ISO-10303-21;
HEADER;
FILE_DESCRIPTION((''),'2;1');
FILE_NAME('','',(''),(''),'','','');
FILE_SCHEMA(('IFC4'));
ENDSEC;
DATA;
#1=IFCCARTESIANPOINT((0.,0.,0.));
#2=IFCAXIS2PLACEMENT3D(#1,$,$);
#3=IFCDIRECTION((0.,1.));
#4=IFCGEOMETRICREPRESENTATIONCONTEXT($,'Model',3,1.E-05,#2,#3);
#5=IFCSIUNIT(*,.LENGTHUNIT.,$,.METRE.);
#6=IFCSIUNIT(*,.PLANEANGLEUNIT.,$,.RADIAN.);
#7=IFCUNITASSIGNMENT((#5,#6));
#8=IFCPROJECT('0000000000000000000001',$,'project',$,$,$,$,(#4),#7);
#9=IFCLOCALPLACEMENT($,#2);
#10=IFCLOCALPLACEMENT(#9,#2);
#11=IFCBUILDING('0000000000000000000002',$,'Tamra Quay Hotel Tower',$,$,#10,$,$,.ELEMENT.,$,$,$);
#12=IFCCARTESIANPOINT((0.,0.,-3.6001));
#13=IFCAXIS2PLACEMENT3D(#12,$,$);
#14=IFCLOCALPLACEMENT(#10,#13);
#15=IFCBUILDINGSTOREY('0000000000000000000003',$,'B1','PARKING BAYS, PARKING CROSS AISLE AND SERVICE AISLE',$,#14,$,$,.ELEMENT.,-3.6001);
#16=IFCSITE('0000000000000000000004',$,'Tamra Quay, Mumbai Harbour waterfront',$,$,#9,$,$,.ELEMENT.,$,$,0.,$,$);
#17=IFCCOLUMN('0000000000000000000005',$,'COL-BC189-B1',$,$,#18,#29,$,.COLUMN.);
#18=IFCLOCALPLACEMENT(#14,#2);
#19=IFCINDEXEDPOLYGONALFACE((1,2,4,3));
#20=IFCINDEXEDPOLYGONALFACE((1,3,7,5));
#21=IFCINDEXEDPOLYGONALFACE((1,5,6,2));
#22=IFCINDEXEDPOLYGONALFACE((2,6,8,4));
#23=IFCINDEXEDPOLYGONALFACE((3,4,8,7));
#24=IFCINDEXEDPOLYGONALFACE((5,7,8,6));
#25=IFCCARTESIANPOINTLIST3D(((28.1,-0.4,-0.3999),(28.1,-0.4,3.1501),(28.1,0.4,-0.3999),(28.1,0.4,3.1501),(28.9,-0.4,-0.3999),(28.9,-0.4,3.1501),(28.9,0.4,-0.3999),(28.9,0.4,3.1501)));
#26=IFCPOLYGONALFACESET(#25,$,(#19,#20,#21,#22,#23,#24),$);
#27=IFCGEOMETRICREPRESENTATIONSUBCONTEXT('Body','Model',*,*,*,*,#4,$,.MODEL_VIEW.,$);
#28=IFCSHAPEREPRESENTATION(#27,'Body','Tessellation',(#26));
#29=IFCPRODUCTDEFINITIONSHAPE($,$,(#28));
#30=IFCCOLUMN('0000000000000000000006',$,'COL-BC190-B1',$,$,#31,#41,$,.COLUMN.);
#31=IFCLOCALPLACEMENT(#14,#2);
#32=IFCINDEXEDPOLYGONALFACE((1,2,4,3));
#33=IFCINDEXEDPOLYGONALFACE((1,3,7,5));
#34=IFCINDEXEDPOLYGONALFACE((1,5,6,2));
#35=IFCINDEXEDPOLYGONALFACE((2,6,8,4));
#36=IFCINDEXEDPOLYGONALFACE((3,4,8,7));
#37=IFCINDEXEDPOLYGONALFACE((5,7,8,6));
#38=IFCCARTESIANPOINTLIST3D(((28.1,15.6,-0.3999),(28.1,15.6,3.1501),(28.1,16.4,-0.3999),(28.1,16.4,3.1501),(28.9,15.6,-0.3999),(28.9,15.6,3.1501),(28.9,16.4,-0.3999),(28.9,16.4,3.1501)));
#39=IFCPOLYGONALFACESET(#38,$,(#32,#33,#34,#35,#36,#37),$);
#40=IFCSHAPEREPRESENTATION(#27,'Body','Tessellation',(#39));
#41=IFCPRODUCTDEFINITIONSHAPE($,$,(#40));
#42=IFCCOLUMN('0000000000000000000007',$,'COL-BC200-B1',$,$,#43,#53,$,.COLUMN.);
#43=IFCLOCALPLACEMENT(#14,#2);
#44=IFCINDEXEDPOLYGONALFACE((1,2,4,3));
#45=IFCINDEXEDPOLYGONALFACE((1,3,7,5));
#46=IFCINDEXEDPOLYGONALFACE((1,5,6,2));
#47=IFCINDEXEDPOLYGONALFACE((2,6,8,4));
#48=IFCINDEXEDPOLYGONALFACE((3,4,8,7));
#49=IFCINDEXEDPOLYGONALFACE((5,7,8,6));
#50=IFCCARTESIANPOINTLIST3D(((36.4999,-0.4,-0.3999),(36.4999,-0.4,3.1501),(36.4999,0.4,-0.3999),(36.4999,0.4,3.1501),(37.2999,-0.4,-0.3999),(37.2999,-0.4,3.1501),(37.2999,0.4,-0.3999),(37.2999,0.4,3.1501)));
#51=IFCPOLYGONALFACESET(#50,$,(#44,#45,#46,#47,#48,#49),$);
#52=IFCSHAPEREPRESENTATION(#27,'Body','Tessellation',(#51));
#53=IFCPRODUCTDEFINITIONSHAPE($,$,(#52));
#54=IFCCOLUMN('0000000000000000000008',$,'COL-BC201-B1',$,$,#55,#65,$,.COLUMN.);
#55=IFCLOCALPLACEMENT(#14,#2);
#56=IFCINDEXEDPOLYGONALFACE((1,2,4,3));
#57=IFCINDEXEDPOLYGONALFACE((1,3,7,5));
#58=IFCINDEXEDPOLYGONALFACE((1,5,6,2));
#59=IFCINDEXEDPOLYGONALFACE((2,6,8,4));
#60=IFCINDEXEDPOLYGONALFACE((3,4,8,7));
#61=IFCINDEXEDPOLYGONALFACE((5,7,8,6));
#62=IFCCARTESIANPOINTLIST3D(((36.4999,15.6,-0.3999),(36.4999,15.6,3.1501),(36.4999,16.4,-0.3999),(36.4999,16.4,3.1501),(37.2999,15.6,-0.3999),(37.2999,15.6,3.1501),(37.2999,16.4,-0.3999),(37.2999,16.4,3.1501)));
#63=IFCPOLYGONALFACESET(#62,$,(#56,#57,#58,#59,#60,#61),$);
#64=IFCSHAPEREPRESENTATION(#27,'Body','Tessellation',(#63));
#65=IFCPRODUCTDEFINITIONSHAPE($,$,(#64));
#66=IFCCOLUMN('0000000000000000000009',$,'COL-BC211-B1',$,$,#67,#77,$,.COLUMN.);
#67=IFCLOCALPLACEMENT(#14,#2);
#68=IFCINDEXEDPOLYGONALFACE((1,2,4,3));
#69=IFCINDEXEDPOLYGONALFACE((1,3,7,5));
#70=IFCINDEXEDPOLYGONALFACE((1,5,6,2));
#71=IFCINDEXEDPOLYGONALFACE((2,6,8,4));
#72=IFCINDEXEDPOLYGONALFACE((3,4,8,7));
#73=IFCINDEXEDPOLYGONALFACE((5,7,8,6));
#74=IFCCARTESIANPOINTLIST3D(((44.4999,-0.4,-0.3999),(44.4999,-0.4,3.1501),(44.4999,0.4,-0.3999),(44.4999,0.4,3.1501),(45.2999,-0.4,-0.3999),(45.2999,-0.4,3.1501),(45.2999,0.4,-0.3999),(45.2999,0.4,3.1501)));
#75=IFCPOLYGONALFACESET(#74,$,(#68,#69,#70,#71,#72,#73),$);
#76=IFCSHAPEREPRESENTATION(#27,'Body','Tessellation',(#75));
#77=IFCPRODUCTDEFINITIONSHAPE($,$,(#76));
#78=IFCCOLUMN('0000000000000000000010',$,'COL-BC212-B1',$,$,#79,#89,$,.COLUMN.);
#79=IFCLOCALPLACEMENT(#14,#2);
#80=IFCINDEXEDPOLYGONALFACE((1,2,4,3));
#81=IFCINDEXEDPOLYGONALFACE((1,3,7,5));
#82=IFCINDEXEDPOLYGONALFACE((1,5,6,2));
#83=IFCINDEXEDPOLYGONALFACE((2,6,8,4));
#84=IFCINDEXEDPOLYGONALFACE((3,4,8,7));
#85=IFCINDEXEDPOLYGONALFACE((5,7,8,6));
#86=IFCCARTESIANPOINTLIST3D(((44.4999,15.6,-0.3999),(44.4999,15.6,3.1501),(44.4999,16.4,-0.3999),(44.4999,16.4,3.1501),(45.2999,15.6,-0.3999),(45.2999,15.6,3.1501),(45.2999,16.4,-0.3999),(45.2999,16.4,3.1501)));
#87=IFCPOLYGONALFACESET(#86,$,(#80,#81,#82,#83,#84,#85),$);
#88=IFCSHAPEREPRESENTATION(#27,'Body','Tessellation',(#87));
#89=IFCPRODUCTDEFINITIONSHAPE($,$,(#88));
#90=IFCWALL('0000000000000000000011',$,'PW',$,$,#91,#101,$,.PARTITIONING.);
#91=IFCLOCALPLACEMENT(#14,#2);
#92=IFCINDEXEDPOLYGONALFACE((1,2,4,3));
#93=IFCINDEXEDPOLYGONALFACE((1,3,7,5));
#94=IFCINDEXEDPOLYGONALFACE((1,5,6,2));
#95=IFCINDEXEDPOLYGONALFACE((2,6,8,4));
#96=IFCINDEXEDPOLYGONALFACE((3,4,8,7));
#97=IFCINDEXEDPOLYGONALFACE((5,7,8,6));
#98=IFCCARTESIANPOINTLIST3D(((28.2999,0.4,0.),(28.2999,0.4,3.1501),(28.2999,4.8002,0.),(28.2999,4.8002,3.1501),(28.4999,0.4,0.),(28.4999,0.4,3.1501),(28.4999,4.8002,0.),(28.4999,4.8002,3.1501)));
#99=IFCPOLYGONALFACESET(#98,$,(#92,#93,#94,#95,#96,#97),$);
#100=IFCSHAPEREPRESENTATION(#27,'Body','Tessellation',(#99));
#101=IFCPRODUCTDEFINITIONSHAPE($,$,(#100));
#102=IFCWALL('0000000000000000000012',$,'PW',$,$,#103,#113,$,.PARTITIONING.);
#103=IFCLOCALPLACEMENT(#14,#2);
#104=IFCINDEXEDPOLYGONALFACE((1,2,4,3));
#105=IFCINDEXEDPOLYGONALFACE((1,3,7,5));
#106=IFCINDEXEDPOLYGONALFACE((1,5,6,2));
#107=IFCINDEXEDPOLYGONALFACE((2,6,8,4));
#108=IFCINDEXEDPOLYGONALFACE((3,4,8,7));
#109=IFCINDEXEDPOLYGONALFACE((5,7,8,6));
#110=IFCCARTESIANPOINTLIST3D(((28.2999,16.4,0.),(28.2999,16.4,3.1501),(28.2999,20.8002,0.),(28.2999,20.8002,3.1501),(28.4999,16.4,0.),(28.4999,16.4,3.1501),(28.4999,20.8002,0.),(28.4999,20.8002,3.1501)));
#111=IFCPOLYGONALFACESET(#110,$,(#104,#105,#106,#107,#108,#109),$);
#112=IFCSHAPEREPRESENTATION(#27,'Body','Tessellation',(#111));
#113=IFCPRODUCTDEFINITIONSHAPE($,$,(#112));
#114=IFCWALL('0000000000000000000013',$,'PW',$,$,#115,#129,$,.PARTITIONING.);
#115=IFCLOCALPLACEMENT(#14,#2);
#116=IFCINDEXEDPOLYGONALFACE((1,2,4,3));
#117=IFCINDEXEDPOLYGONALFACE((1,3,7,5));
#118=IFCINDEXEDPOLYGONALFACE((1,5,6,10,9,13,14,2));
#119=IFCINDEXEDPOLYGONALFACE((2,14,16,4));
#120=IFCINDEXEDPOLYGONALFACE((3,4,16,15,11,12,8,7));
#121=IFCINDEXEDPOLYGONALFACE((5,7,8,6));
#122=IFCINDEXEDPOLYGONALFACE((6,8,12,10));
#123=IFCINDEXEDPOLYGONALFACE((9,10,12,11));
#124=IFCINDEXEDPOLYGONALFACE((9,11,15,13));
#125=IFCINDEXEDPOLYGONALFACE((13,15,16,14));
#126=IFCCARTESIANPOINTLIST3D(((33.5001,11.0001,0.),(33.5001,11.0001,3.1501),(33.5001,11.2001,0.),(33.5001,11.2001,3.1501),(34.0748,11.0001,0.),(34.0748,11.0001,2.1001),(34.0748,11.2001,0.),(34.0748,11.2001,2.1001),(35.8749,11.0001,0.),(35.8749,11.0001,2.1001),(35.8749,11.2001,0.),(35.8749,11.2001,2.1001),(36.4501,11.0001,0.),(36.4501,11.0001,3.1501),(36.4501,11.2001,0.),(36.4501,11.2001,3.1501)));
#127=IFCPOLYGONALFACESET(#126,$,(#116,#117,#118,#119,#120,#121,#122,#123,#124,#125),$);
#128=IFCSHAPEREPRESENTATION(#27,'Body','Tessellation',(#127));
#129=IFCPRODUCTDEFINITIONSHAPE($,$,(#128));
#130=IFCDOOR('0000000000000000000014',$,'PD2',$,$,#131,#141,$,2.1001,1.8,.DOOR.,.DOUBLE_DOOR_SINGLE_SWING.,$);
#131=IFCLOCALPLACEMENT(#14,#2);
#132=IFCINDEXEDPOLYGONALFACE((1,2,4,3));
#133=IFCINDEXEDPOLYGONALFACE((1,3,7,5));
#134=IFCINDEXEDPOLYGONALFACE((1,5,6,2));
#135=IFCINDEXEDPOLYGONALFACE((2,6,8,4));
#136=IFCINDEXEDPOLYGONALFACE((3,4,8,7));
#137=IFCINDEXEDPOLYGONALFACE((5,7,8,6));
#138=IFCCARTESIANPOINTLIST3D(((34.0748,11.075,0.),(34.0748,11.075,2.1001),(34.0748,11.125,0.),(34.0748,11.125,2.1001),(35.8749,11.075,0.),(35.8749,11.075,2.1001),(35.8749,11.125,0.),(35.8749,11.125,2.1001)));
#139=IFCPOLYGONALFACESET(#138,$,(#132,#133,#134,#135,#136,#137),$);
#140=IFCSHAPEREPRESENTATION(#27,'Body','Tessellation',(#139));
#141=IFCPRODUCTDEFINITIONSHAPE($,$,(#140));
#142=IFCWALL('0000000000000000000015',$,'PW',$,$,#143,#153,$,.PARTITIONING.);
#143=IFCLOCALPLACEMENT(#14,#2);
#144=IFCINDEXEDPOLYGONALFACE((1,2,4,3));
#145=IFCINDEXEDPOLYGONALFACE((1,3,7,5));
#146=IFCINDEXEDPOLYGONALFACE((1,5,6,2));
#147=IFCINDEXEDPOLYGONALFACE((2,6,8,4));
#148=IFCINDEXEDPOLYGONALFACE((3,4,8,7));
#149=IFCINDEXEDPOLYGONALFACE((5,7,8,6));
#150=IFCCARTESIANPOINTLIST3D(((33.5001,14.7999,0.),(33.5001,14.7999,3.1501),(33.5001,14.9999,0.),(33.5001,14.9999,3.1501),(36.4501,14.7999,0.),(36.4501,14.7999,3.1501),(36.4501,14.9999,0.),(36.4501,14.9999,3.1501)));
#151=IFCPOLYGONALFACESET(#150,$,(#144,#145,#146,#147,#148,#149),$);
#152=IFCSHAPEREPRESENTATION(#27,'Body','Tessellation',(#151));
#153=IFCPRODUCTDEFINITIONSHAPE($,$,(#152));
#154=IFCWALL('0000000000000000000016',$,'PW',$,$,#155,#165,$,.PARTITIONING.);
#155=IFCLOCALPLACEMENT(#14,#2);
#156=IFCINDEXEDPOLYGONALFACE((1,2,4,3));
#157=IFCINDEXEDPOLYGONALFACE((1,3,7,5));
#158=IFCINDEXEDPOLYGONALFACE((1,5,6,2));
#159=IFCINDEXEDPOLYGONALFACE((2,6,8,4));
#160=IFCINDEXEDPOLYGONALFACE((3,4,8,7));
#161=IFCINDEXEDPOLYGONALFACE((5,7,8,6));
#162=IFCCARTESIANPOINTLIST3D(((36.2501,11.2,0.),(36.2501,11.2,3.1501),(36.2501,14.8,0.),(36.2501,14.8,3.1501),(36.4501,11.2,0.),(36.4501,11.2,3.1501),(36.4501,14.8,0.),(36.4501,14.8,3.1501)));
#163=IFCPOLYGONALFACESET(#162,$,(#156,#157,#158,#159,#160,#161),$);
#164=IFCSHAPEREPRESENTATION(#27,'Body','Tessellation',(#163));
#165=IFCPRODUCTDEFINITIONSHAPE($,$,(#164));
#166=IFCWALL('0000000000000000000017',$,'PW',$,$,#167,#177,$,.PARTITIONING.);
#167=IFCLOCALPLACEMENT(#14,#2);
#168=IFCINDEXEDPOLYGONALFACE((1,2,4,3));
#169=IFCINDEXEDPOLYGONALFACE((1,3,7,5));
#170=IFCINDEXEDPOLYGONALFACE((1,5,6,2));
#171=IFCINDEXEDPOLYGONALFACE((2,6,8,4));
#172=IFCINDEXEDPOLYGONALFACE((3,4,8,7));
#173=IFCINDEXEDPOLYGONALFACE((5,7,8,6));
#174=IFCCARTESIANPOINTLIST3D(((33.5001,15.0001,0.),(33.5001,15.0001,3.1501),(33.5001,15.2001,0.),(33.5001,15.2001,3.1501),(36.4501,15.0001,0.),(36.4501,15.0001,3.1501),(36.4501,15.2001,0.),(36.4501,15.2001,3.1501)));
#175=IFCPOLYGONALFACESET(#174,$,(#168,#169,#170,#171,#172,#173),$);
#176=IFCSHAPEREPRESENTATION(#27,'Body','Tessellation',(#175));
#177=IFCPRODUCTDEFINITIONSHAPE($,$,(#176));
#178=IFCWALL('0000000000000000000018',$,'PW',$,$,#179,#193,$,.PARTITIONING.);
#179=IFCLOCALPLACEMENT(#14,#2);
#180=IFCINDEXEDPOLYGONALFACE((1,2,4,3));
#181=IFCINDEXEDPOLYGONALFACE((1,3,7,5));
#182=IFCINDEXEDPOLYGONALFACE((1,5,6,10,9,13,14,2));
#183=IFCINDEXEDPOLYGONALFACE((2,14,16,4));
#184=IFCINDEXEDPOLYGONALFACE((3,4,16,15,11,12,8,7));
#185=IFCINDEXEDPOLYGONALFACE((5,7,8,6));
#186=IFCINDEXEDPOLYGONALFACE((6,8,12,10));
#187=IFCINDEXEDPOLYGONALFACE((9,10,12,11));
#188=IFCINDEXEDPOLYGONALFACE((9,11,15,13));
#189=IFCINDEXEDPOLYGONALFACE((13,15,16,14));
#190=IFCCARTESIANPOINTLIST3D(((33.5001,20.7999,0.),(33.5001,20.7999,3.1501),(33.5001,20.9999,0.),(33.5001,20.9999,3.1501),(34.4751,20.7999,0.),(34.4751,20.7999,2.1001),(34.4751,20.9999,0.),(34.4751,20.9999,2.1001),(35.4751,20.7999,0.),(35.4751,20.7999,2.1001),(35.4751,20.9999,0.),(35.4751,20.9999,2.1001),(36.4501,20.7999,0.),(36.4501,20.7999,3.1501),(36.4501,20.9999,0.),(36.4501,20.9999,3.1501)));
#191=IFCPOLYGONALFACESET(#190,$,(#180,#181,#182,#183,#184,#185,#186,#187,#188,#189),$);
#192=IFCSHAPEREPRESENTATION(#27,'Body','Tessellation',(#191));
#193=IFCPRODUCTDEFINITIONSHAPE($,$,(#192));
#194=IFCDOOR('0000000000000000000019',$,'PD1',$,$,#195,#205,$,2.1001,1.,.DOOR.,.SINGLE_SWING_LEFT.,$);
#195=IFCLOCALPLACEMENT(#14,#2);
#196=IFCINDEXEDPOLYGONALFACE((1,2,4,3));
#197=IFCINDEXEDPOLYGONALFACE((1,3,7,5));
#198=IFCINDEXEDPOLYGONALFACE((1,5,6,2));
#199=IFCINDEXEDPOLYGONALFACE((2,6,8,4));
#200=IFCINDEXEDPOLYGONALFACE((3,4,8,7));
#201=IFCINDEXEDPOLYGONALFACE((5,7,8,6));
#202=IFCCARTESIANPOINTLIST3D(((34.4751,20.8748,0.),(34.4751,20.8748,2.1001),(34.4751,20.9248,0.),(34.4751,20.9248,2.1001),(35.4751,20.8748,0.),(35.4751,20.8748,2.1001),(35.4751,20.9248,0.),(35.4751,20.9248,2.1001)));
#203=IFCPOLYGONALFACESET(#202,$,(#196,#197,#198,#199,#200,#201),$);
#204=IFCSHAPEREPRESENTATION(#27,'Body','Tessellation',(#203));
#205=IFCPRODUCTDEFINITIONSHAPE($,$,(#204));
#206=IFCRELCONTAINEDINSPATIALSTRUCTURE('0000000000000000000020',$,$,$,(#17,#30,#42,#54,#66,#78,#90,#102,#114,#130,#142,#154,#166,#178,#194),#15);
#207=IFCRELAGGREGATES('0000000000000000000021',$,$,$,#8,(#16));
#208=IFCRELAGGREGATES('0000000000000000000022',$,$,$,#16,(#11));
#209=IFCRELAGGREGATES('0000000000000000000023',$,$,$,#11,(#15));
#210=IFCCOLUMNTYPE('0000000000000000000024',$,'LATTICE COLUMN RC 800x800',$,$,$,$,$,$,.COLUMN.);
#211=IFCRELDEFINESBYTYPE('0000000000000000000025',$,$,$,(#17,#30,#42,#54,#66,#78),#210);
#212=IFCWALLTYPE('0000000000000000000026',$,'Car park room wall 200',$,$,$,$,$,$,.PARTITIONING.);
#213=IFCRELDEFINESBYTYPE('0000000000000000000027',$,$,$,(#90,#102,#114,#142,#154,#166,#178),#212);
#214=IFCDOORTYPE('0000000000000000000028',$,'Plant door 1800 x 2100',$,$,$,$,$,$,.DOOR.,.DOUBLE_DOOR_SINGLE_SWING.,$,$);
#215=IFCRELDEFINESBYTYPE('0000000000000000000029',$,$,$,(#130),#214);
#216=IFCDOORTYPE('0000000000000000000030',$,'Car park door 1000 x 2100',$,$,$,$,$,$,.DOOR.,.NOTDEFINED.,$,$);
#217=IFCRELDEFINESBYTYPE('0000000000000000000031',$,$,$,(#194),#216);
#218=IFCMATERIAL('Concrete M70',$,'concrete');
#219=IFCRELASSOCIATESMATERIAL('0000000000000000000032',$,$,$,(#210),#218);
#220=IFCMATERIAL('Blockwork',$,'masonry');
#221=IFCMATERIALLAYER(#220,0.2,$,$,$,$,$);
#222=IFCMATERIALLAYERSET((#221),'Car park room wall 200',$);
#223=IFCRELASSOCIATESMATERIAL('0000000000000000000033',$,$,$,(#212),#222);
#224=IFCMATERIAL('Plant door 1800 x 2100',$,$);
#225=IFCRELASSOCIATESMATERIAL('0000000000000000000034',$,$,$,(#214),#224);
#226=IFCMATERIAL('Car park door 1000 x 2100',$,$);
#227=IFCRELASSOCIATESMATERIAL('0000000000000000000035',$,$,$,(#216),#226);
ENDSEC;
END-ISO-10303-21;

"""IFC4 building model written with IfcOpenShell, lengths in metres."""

from ifc_helpers import new_model, si_unit, direction, frame, frame_2d, origin, origin_2d, place, context, subcontext, project, spatial, rectangle, extrude, material, layer, layer_set, material_profile, profile_set, type_object, element, fill, save


model = new_model("IFC4")

# Units and contexts
model_context = context("Model", 3, precision=1e-05, world=origin(), true_north=direction((0.0, 1.0)))
body_context = subcontext(model_context, "Body", "Model", "MODEL_VIEW")
ifc_project = project(units=[si_unit("LENGTHUNIT", "METRE"), si_unit("PLANEANGLEUNIT", "RADIAN")], contexts=[model_context])

# Site, building, storey
site_placement = place(None, origin())
site = spatial("IfcSite", under=ifc_project, at=site_placement, Name="Tamra Quay, Mumbai Harbour waterfront", CompositionType="ELEMENT", RefElevation=0.0)
building_placement = place(site_placement, origin())
building = spatial("IfcBuilding", under=site, at=building_placement, Name="Tamra Quay Hotel Tower", CompositionType="ELEMENT")
storey_placement = place(building_placement, frame((0.0, 0.0, -3.6001)))
storey = spatial("IfcBuildingStorey", under=building, at=storey_placement, Name="B1", Description="PARKING BAYS, PARKING CROSS AISLE AND SERVICE AISLE", CompositionType="ELEMENT", Elevation=-3.6001)

# Columns
ifc_material_1 = material(Name="Concrete M70", Category="concrete")
ifc_material_profile = material_profile(ifc_material_1, rectangle(XDim=0.8, YDim=0.8, at=origin_2d()), Name="LATTICE COLUMN RC 800x800")
ifc_profile_set = profile_set([ifc_material_profile], Name="Concrete M70")
column_type = type_object("IfcColumnType", Name="LATTICE COLUMN RC 800x800", PredefinedType="COLUMN", material=ifc_profile_set)
for number, where, z_axis, x_axis, name in (
    (1, (28.5, 0.0, -0.3999), (0.0, 0.0, 1.0), (1.0, 0.0, 0.0), "COL-BC189-B1"),
    (2, (28.5, 16.0, -0.3999), (0.0, 0.0, 1.0), (1.0, 0.0, 0.0), "COL-BC190-B1"),
    (3, (36.8999, 0.0, -0.3999), (0.0, 0.0, 1.0), (1.0, 0.0, 0.0), "COL-BC200-B1"),
    (4, (36.8999, 16.0, -0.3999), (0.0, 0.0, 1.0), (1.0, 0.0, 0.0), "COL-BC201-B1"),
    (5, (44.8999, 0.0, -0.3999), (0.0, 0.0, 1.0), (1.0, 0.0, 0.0), "COL-BC211-B1"),
    (6, (44.8999, 16.0, -0.3999), (0.0, 0.0, 1.0), (1.0, 0.0, 0.0), "COL-BC212-B1"),
):
    element("IfcColumn", number, at=place(storey_placement, frame(where, z_axis=z_axis, x_axis=x_axis)), inside=storey, type_object=column_type, Name=name, PredefinedType="COLUMN", context=body_context, shape_type="SweptSolid", body=[
        extrude(rectangle(XDim=0.8, YDim=0.8, at=origin_2d()), origin(), (0.0, 0.0, 1.0), 3.55),
    ])

# Walls
ifc_material_2 = material(Name="Blockwork", Category="masonry")
ifc_layer_1 = layer(ifc_material_2, 0.2)
ifc_layer_set_1 = layer_set([ifc_layer_1], Name="Car park room wall 200")
wall_type_1 = type_object("IfcWallType", Name="Car park room wall 200", PredefinedType="PARTITIONING", material=ifc_layer_set_1)
for number, where, z_axis, x_axis, name in (
    (7, (28.3999, 0.3999, 0.0), (0.0, 0.0, 1.0), (0.0, 1.0, 0.0), "PW"),
    (8, (28.3999, 16.3999, 0.0), (0.0, 0.0, 1.0), (0.0, 1.0, 0.0), "PW"),
):
    element("IfcWall", number, at=place(storey_placement, frame(where, z_axis=z_axis, x_axis=x_axis)), inside=storey, type_object=wall_type_1, Name=name, PredefinedType="PARTITIONING", context=body_context, shape_type="SweptSolid", body=[
        extrude(rectangle(XDim=4.4001, YDim=0.2, at=frame_2d((2.2002, 0.0))), origin(), (0.0, 0.0, 1.0), 3.1501),
    ])

# Wall, opening, door
wall_1_placement = place(storey_placement, frame((33.5, 11.1001, 0.0), z_axis=(0.0, 0.0, 1.0), x_axis=(1.0, 0.0, 0.0)))
wall_1 = element("IfcWall", 9, at=wall_1_placement, inside=storey, type_object=wall_type_1, Name="PW", PredefinedType="PARTITIONING", context=body_context, shape_type="SweptSolid", body=[
    extrude(rectangle(XDim=2.95, YDim=0.2, at=frame_2d((1.4751, 0.0))), origin(), (0.0, 0.0, 1.0), 3.1501),
])
opening_1_placement = place(wall_1_placement, frame((0.575, 0.0, 0.0)))
opening_1 = element("IfcOpeningElement", 10, at=opening_1_placement, cuts=wall_1, PredefinedType="OPENING", context=body_context, shape_type="SweptSolid", body=[
    extrude(rectangle(XDim=1.8, YDim=2.1001, at=frame_2d((0.8999, 1.05))), frame((0.0, 0.1099, 0.0), z_axis=(0.0, -1.0, 0.0), x_axis=(1.0, 0.0, 0.0)), (0.0, 0.0, 1.0), 0.22),
])
ifc_material_3 = material(Name="Plant door 1800 x 2100")
door_type_1 = type_object("IfcDoorType", Name="Plant door 1800 x 2100", OperationType="DOUBLE_DOOR_SINGLE_SWING", PredefinedType="DOOR", material=ifc_material_3)
door_1_placement = place(opening_1_placement, origin())
door_1 = element("IfcDoor", 11, at=door_1_placement, inside=storey, type_object=door_type_1, Name="PD2", OperationType="DOUBLE_DOOR_SINGLE_SWING", OverallHeight=2.1001, OverallWidth=1.8, PredefinedType="DOOR", context=body_context, shape_type="SweptSolid", body=[
    extrude(rectangle(XDim=1.8, YDim=2.1001, at=frame_2d((0.8999, 1.05))), frame((0.0, 0.0249, 0.0), z_axis=(0.0, -1.0, 0.0), x_axis=(1.0, 0.0, 0.0)), (0.0, 0.0, 1.0), 0.05),
])
fill(opening_1, door_1)

# Walls
wall_2_placement = place(storey_placement, frame((33.5, 14.8999, 0.0), z_axis=(0.0, 0.0, 1.0), x_axis=(1.0, 0.0, 0.0)))
element("IfcWall", 12, at=wall_2_placement, inside=storey, type_object=wall_type_1, Name="PW", PredefinedType="PARTITIONING", context=body_context, shape_type="SweptSolid", body=[
    extrude(rectangle(XDim=2.95, YDim=0.2, at=frame_2d((1.4751, 0.0))), origin(), (0.0, 0.0, 1.0), 3.1501),
])
wall_3_placement = place(storey_placement, frame((36.3501, 11.2, 0.0), z_axis=(0.0, 0.0, 1.0), x_axis=(0.0, 1.0, 0.0)))
element("IfcWall", 13, at=wall_3_placement, inside=storey, type_object=wall_type_1, Name="PW", PredefinedType="PARTITIONING", context=body_context, shape_type="SweptSolid", body=[
    extrude(rectangle(XDim=3.6001, YDim=0.2, at=frame_2d((1.8, 0.0))), origin(), (0.0, 0.0, 1.0), 3.1501),
])
wall_4_placement = place(storey_placement, frame((33.5, 15.1001, 0.0), z_axis=(0.0, 0.0, 1.0), x_axis=(1.0, 0.0, 0.0)))
element("IfcWall", 14, at=wall_4_placement, inside=storey, type_object=wall_type_1, Name="PW", PredefinedType="PARTITIONING", context=body_context, shape_type="SweptSolid", body=[
    extrude(rectangle(XDim=2.95, YDim=0.2, at=frame_2d((1.4751, 0.0))), origin(), (0.0, 0.0, 1.0), 3.1501),
])

# Wall, opening, door
wall_5_placement = place(storey_placement, frame((33.5, 20.8999, 0.0), z_axis=(0.0, 0.0, 1.0), x_axis=(1.0, 0.0, 0.0)))
wall_5 = element("IfcWall", 15, at=wall_5_placement, inside=storey, type_object=wall_type_1, Name="PW", PredefinedType="PARTITIONING", context=body_context, shape_type="SweptSolid", body=[
    extrude(rectangle(XDim=2.95, YDim=0.2, at=frame_2d((1.4751, 0.0))), origin(), (0.0, 0.0, 1.0), 3.1501),
])
opening_2_placement = place(wall_5_placement, frame((0.9751, 0.0, 0.0)))
opening_2 = element("IfcOpeningElement", 16, at=opening_2_placement, cuts=wall_5, PredefinedType="OPENING", context=body_context, shape_type="SweptSolid", body=[
    extrude(rectangle(XDim=1.0, YDim=2.1001, at=frame_2d((0.5, 1.05))), frame((0.0, 0.1099, 0.0), z_axis=(0.0, -1.0, 0.0), x_axis=(1.0, 0.0, 0.0)), (0.0, 0.0, 1.0), 0.22),
])
ifc_material_4 = material(Name="Car park door 1000 x 2100")
door_type_2 = type_object("IfcDoorType", Name="Car park door 1000 x 2100", OperationType="NOTDEFINED", PredefinedType="DOOR", material=ifc_material_4)
door_2_placement = place(opening_2_placement, origin())
door_2 = element("IfcDoor", 17, at=door_2_placement, inside=storey, type_object=door_type_2, Name="PD1", OperationType="SINGLE_SWING_LEFT", OverallHeight=2.1001, OverallWidth=1.0, PredefinedType="DOOR", context=body_context, shape_type="SweptSolid", body=[
    extrude(rectangle(XDim=1.0, YDim=2.1001, at=frame_2d((0.5, 1.05))), frame((0.0, 0.0249, 0.0), z_axis=(0.0, -1.0, 0.0), x_axis=(1.0, 0.0, 0.0)), (0.0, 0.0, 1.0), 0.05),
])
fill(opening_2, door_2)

save(model, "model.ifc")
